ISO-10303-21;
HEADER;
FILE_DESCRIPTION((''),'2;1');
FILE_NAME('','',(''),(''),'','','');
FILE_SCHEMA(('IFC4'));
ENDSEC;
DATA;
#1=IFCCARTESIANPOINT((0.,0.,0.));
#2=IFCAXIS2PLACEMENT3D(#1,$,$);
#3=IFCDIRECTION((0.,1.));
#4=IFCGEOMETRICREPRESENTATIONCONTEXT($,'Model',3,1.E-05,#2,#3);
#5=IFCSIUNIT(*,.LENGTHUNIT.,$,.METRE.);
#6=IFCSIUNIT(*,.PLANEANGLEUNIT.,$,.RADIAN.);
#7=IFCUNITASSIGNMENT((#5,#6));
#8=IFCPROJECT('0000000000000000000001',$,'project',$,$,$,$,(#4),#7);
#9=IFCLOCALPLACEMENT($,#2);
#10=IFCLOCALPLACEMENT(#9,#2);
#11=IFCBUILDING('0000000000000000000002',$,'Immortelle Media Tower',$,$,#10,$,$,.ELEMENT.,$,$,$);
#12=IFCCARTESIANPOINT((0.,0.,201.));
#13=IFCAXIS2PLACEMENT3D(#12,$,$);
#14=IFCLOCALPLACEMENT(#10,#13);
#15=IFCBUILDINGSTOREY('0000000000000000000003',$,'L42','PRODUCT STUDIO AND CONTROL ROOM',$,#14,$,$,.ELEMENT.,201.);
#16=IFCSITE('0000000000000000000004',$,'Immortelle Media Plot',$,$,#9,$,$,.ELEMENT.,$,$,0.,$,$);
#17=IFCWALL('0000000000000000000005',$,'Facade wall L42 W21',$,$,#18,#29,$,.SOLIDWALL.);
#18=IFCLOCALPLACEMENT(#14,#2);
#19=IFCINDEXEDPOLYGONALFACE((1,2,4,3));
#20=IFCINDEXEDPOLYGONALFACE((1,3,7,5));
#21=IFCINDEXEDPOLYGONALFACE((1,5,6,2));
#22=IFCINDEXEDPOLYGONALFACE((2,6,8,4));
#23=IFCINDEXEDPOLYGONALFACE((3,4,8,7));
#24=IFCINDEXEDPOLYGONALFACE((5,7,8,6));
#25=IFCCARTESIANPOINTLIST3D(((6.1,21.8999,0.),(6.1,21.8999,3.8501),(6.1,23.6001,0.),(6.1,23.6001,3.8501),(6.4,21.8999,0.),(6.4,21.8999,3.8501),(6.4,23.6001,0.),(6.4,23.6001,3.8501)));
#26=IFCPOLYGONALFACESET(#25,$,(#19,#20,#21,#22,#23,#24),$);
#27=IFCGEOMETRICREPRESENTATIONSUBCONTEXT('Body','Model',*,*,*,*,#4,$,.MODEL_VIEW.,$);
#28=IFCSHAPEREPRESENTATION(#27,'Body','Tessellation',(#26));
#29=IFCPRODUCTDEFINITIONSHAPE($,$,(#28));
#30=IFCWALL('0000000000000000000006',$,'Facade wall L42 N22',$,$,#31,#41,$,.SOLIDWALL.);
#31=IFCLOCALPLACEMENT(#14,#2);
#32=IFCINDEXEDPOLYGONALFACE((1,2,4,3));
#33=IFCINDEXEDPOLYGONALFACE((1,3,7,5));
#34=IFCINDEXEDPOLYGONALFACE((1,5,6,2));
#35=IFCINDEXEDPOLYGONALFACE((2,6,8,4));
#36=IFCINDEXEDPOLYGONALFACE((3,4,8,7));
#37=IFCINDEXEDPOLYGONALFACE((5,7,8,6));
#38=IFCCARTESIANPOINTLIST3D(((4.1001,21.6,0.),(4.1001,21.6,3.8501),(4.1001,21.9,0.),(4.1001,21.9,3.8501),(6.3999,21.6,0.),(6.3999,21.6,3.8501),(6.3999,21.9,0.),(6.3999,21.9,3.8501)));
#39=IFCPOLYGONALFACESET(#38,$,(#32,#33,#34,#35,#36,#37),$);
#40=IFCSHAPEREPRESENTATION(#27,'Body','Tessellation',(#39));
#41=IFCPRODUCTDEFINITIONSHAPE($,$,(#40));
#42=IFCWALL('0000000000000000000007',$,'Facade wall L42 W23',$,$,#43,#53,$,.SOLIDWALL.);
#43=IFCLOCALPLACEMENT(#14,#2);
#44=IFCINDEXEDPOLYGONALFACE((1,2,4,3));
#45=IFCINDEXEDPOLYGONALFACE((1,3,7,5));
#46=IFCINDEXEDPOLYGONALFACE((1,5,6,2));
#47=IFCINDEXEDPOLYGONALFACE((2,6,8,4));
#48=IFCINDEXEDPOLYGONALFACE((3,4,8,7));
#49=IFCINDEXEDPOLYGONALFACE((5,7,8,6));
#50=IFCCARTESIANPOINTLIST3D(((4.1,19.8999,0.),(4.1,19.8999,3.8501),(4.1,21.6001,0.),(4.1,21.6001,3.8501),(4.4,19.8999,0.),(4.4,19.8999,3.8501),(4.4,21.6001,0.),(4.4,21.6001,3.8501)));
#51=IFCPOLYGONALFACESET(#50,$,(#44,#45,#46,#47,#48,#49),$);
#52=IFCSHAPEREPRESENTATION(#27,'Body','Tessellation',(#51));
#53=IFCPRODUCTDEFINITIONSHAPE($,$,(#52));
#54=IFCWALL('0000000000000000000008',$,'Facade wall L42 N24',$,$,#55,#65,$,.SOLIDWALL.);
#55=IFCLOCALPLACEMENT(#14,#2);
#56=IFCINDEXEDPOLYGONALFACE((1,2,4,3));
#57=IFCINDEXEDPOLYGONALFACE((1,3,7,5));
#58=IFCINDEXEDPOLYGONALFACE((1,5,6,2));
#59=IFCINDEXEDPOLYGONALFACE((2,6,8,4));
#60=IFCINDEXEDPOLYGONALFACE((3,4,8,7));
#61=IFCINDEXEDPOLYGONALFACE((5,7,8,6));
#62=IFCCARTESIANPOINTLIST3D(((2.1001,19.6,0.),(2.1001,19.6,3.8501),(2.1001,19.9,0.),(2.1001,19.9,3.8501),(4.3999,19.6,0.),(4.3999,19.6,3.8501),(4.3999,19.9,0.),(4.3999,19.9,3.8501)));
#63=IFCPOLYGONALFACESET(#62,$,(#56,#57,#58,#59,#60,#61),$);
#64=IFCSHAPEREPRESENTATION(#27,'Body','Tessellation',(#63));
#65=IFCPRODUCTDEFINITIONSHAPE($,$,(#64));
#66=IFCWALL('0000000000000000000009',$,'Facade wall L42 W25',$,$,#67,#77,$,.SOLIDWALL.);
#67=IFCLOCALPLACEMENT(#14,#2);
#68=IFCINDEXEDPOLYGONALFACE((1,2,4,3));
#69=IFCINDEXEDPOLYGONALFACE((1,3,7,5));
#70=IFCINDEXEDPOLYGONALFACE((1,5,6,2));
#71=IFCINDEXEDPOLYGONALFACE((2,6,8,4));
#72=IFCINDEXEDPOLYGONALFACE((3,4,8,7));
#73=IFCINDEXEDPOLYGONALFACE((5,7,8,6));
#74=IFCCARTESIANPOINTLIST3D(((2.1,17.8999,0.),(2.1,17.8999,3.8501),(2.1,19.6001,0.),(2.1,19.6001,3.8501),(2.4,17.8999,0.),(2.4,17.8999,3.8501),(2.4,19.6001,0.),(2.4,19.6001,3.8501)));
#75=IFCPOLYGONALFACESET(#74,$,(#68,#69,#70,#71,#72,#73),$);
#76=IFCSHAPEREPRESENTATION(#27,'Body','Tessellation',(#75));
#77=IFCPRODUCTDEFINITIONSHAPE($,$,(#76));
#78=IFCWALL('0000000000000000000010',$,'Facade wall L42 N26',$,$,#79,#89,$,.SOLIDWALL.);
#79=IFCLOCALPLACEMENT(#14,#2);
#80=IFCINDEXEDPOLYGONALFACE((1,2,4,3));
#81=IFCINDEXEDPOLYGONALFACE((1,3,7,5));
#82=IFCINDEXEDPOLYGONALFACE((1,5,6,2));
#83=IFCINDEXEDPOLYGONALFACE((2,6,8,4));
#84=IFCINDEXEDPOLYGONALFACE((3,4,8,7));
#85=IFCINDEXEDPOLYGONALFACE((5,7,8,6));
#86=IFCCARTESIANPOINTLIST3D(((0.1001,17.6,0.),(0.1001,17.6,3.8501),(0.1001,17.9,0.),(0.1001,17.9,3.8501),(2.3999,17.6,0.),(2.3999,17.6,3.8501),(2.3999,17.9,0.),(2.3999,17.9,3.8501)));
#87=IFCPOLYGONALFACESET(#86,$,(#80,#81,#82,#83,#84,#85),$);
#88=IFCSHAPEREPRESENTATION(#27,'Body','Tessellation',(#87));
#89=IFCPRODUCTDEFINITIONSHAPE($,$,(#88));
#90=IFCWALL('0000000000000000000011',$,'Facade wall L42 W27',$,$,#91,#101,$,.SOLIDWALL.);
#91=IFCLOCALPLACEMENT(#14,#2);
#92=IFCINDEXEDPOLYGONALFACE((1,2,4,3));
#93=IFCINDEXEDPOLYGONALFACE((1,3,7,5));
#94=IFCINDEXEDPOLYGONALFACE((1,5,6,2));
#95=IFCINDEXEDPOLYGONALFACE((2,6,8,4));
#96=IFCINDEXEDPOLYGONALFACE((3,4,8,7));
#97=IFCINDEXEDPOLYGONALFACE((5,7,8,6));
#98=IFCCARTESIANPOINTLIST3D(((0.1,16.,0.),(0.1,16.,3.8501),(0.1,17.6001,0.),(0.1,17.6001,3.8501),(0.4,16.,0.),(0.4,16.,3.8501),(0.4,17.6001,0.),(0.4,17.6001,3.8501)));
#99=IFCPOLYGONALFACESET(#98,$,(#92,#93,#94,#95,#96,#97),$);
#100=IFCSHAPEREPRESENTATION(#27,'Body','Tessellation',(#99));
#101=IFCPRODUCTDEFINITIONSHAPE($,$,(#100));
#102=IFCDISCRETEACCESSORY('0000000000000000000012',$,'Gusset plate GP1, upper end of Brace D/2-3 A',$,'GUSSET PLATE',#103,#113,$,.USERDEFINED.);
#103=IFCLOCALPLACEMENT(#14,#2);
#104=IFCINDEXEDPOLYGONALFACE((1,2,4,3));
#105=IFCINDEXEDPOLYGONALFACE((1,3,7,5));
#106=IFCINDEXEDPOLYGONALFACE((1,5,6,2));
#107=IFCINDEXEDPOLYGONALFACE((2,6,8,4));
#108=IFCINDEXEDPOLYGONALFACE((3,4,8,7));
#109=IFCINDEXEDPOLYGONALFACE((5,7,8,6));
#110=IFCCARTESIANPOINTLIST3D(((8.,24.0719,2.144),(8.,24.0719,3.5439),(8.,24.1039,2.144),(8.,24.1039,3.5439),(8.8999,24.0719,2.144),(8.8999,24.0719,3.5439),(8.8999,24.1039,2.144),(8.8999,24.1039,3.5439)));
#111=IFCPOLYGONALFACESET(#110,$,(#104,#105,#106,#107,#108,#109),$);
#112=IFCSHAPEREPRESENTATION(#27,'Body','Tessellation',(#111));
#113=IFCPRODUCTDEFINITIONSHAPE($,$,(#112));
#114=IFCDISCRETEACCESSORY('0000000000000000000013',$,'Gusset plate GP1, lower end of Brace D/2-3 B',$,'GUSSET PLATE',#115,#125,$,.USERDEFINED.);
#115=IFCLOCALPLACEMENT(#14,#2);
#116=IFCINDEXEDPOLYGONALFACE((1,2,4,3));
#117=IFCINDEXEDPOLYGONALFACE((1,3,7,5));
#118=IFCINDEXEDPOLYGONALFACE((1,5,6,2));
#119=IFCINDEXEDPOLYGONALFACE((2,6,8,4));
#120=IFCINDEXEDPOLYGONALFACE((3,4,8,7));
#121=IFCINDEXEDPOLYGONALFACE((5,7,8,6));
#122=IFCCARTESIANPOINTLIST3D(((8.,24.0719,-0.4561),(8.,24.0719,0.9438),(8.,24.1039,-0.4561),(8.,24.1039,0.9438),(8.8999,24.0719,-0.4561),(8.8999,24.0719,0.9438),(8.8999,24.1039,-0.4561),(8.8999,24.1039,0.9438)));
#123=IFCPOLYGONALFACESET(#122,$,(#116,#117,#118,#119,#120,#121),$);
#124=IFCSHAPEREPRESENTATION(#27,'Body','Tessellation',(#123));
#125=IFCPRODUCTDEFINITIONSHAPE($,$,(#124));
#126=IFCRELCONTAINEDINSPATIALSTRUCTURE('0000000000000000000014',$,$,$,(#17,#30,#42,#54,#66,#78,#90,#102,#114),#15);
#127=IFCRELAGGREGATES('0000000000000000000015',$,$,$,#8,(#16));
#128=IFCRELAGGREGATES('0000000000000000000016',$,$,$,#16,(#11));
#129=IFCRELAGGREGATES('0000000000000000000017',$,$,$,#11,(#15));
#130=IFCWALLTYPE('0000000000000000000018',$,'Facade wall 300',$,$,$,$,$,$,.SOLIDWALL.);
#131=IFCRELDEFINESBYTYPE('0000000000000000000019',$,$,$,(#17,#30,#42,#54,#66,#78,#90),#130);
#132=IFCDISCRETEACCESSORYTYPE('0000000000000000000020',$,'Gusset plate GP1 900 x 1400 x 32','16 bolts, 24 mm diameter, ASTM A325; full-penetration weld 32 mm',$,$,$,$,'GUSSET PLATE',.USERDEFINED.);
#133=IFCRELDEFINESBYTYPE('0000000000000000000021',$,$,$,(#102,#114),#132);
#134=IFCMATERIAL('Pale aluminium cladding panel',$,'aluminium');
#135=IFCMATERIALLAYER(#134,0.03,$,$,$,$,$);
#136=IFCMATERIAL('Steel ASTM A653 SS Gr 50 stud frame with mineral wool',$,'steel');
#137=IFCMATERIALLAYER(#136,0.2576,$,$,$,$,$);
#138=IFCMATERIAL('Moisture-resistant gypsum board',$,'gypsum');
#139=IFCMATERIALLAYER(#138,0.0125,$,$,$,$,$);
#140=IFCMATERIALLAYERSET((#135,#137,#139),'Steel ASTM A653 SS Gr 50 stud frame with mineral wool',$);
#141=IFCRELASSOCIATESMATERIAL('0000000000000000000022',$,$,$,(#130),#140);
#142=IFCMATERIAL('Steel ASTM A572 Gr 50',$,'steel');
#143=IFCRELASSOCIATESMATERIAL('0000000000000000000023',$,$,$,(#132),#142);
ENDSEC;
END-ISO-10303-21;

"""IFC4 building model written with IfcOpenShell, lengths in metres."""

from ifc_helpers import new_model, si_unit, direction, frame, frame_2d, origin, origin_2d, place, context, subcontext, project, spatial, rectangle, extrude, material, layer, layer_set, material_profile, profile_set, type_object, element, save


model = new_model("IFC4")

# Units and contexts
model_context = context("Model", 3, precision=1e-05, world=origin(), true_north=direction((0.0, 1.0)))
body_context = subcontext(model_context, "Body", "Model", "MODEL_VIEW")
ifc_project = project(units=[si_unit("LENGTHUNIT", "METRE"), si_unit("PLANEANGLEUNIT", "RADIAN")], contexts=[model_context])

# Site, building, storey
site_placement = place(None, origin())
site = spatial("IfcSite", under=ifc_project, at=site_placement, Name="Immortelle Media Plot", CompositionType="ELEMENT", RefElevation=0.0)
building_placement = place(site_placement, origin())
building = spatial("IfcBuilding", under=site, at=building_placement, Name="Immortelle Media Tower", CompositionType="ELEMENT")
storey_placement = place(building_placement, frame((0.0, 0.0, 201.0)))
storey = spatial("IfcBuildingStorey", under=building, at=storey_placement, Name="L42", Description="PRODUCT STUDIO AND CONTROL ROOM", CompositionType="ELEMENT", Elevation=201.0)

# Walls
ifc_material_1 = material(Name="Steel ASTM A653 SS Gr 50 stud frame with mineral wool", Category="steel")
ifc_material_2 = material(Name="Pale aluminium cladding panel", Category="aluminium")
ifc_layer_1 = layer(ifc_material_2, 0.03)
ifc_layer_2 = layer(ifc_material_1, 0.2576)
ifc_material_3 = material(Name="Moisture-resistant gypsum board", Category="gypsum")
ifc_layer_3 = layer(ifc_material_3, 0.0125)
ifc_layer_set_1 = layer_set([ifc_layer_1, ifc_layer_2, ifc_layer_3], Name="Steel ASTM A653 SS Gr 50 stud frame with mineral wool")
wall_type_1 = type_object("IfcWallType", Name="Facade wall 300", PredefinedType="SOLIDWALL", material=ifc_layer_set_1)
wall_1_placement = place(storey_placement, frame((6.25, 23.6001, 0.0), z_axis=(0.0, 0.0, 1.0), x_axis=(0.0, -1.0, 0.0)))
element("IfcWall", 1, at=wall_1_placement, inside=storey, type_object=wall_type_1, Name="Facade wall L42 W21", PredefinedType="SOLIDWALL", context=body_context, shape_type="SweptSolid", body=[
    extrude(rectangle(XDim=1.7002, YDim=0.3, at=frame_2d((0.8501, 0.0))), origin(), (0.0, 0.0, 1.0), 3.8501),
])
wall_2_placement = place(storey_placement, frame((6.3999, 21.75, 0.0), z_axis=(0.0, 0.0, 1.0), x_axis=(-1.0, 0.0, 0.0)))
element("IfcWall", 2, at=wall_2_placement, inside=storey, type_object=wall_type_1, Name="Facade wall L42 N22", PredefinedType="SOLIDWALL", context=body_context, shape_type="SweptSolid", body=[
    extrude(rectangle(XDim=2.2998, YDim=0.3, at=frame_2d((1.1499, 0.0))), origin(), (0.0, 0.0, 1.0), 3.8501),
])
wall_3_placement = place(storey_placement, frame((4.25, 21.6001, 0.0), z_axis=(0.0, 0.0, 1.0), x_axis=(0.0, -1.0, 0.0)))
element("IfcWall", 3, at=wall_3_placement, inside=storey, type_object=wall_type_1, Name="Facade wall L42 W23", PredefinedType="SOLIDWALL", context=body_context, shape_type="SweptSolid", body=[
    extrude(rectangle(XDim=1.7002, YDim=0.3, at=frame_2d((0.8501, 0.0))), origin(), (0.0, 0.0, 1.0), 3.8501),
])
wall_4_placement = place(storey_placement, frame((4.3999, 19.75, 0.0), z_axis=(0.0, 0.0, 1.0), x_axis=(-1.0, 0.0, 0.0)))
element("IfcWall", 4, at=wall_4_placement, inside=storey, type_object=wall_type_1, Name="Facade wall L42 N24", PredefinedType="SOLIDWALL", context=body_context, shape_type="SweptSolid", body=[
    extrude(rectangle(XDim=2.2998, YDim=0.3, at=frame_2d((1.1499, 0.0))), origin(), (0.0, 0.0, 1.0), 3.8501),
])
wall_5_placement = place(storey_placement, frame((2.25, 19.6001, 0.0), z_axis=(0.0, 0.0, 1.0), x_axis=(0.0, -1.0, 0.0)))
element("IfcWall", 5, at=wall_5_placement, inside=storey, type_object=wall_type_1, Name="Facade wall L42 W25", PredefinedType="SOLIDWALL", context=body_context, shape_type="SweptSolid", body=[
    extrude(rectangle(XDim=1.7002, YDim=0.3, at=frame_2d((0.8501, 0.0))), origin(), (0.0, 0.0, 1.0), 3.8501),
])
wall_6_placement = place(storey_placement, frame((2.3999, 17.75, 0.0), z_axis=(0.0, 0.0, 1.0), x_axis=(-1.0, 0.0, 0.0)))
element("IfcWall", 6, at=wall_6_placement, inside=storey, type_object=wall_type_1, Name="Facade wall L42 N26", PredefinedType="SOLIDWALL", context=body_context, shape_type="SweptSolid", body=[
    extrude(rectangle(XDim=2.2998, YDim=0.3, at=frame_2d((1.1499, 0.0))), origin(), (0.0, 0.0, 1.0), 3.8501),
])
wall_7_placement = place(storey_placement, frame((0.25, 17.6001, 0.0), z_axis=(0.0, 0.0, 1.0), x_axis=(0.0, -1.0, 0.0)))
element("IfcWall", 7, at=wall_7_placement, inside=storey, type_object=wall_type_1, Name="Facade wall L42 W27", PredefinedType="SOLIDWALL", context=body_context, shape_type="SweptSolid", body=[
    extrude(rectangle(XDim=1.6001, YDim=0.3, at=frame_2d((0.8, 0.0))), origin(), (0.0, 0.0, 1.0), 3.8501),
])

# Discrete accessories
ifc_material_4 = material(Name="Steel ASTM A572 Gr 50", Category="steel")
ifc_material_profile_1 = material_profile(ifc_material_4, rectangle(XDim=0.032, YDim=1.3999, at=origin_2d()), Name="PL 32 x 1400")
ifc_profile_set_1 = profile_set([ifc_material_profile_1], Name="Steel ASTM A572 Gr 50")
discrete_accessory_type = type_object("IfcDiscreteAccessoryType", Name="Gusset plate GP1 900 x 1400 x 32", Description="16 bolts, 24 mm diameter, ASTM A325; full-penetration weld 32 mm", ElementType="GUSSET PLATE", PredefinedType="USERDEFINED", material=ifc_profile_set_1)
for number, where, z_axis, x_axis, name in (
    (8, (8.0, 24.0879, 2.844), (1.0, 0.0, 0.0), (0.0, 1.0, 0.0), "Gusset plate GP1, upper end of Brace D/2-3 A"),
    (9, (8.0, 24.0879, 0.2439), (1.0, 0.0, 0.0), (0.0, 1.0, 0.0), "Gusset plate GP1, lower end of Brace D/2-3 B"),
):
    element("IfcDiscreteAccessory", number, at=place(storey_placement, frame(where, z_axis=z_axis, x_axis=x_axis)), inside=storey, type_object=discrete_accessory_type, Name=name, ObjectType="GUSSET PLATE", PredefinedType="USERDEFINED", context=body_context, shape_type="SweptSolid", body=[
        extrude(rectangle(XDim=0.032, YDim=1.3999, at=origin_2d()), origin(), (0.0, 0.0, 1.0), 0.8999),
    ])

save(model, "model.ifc")
